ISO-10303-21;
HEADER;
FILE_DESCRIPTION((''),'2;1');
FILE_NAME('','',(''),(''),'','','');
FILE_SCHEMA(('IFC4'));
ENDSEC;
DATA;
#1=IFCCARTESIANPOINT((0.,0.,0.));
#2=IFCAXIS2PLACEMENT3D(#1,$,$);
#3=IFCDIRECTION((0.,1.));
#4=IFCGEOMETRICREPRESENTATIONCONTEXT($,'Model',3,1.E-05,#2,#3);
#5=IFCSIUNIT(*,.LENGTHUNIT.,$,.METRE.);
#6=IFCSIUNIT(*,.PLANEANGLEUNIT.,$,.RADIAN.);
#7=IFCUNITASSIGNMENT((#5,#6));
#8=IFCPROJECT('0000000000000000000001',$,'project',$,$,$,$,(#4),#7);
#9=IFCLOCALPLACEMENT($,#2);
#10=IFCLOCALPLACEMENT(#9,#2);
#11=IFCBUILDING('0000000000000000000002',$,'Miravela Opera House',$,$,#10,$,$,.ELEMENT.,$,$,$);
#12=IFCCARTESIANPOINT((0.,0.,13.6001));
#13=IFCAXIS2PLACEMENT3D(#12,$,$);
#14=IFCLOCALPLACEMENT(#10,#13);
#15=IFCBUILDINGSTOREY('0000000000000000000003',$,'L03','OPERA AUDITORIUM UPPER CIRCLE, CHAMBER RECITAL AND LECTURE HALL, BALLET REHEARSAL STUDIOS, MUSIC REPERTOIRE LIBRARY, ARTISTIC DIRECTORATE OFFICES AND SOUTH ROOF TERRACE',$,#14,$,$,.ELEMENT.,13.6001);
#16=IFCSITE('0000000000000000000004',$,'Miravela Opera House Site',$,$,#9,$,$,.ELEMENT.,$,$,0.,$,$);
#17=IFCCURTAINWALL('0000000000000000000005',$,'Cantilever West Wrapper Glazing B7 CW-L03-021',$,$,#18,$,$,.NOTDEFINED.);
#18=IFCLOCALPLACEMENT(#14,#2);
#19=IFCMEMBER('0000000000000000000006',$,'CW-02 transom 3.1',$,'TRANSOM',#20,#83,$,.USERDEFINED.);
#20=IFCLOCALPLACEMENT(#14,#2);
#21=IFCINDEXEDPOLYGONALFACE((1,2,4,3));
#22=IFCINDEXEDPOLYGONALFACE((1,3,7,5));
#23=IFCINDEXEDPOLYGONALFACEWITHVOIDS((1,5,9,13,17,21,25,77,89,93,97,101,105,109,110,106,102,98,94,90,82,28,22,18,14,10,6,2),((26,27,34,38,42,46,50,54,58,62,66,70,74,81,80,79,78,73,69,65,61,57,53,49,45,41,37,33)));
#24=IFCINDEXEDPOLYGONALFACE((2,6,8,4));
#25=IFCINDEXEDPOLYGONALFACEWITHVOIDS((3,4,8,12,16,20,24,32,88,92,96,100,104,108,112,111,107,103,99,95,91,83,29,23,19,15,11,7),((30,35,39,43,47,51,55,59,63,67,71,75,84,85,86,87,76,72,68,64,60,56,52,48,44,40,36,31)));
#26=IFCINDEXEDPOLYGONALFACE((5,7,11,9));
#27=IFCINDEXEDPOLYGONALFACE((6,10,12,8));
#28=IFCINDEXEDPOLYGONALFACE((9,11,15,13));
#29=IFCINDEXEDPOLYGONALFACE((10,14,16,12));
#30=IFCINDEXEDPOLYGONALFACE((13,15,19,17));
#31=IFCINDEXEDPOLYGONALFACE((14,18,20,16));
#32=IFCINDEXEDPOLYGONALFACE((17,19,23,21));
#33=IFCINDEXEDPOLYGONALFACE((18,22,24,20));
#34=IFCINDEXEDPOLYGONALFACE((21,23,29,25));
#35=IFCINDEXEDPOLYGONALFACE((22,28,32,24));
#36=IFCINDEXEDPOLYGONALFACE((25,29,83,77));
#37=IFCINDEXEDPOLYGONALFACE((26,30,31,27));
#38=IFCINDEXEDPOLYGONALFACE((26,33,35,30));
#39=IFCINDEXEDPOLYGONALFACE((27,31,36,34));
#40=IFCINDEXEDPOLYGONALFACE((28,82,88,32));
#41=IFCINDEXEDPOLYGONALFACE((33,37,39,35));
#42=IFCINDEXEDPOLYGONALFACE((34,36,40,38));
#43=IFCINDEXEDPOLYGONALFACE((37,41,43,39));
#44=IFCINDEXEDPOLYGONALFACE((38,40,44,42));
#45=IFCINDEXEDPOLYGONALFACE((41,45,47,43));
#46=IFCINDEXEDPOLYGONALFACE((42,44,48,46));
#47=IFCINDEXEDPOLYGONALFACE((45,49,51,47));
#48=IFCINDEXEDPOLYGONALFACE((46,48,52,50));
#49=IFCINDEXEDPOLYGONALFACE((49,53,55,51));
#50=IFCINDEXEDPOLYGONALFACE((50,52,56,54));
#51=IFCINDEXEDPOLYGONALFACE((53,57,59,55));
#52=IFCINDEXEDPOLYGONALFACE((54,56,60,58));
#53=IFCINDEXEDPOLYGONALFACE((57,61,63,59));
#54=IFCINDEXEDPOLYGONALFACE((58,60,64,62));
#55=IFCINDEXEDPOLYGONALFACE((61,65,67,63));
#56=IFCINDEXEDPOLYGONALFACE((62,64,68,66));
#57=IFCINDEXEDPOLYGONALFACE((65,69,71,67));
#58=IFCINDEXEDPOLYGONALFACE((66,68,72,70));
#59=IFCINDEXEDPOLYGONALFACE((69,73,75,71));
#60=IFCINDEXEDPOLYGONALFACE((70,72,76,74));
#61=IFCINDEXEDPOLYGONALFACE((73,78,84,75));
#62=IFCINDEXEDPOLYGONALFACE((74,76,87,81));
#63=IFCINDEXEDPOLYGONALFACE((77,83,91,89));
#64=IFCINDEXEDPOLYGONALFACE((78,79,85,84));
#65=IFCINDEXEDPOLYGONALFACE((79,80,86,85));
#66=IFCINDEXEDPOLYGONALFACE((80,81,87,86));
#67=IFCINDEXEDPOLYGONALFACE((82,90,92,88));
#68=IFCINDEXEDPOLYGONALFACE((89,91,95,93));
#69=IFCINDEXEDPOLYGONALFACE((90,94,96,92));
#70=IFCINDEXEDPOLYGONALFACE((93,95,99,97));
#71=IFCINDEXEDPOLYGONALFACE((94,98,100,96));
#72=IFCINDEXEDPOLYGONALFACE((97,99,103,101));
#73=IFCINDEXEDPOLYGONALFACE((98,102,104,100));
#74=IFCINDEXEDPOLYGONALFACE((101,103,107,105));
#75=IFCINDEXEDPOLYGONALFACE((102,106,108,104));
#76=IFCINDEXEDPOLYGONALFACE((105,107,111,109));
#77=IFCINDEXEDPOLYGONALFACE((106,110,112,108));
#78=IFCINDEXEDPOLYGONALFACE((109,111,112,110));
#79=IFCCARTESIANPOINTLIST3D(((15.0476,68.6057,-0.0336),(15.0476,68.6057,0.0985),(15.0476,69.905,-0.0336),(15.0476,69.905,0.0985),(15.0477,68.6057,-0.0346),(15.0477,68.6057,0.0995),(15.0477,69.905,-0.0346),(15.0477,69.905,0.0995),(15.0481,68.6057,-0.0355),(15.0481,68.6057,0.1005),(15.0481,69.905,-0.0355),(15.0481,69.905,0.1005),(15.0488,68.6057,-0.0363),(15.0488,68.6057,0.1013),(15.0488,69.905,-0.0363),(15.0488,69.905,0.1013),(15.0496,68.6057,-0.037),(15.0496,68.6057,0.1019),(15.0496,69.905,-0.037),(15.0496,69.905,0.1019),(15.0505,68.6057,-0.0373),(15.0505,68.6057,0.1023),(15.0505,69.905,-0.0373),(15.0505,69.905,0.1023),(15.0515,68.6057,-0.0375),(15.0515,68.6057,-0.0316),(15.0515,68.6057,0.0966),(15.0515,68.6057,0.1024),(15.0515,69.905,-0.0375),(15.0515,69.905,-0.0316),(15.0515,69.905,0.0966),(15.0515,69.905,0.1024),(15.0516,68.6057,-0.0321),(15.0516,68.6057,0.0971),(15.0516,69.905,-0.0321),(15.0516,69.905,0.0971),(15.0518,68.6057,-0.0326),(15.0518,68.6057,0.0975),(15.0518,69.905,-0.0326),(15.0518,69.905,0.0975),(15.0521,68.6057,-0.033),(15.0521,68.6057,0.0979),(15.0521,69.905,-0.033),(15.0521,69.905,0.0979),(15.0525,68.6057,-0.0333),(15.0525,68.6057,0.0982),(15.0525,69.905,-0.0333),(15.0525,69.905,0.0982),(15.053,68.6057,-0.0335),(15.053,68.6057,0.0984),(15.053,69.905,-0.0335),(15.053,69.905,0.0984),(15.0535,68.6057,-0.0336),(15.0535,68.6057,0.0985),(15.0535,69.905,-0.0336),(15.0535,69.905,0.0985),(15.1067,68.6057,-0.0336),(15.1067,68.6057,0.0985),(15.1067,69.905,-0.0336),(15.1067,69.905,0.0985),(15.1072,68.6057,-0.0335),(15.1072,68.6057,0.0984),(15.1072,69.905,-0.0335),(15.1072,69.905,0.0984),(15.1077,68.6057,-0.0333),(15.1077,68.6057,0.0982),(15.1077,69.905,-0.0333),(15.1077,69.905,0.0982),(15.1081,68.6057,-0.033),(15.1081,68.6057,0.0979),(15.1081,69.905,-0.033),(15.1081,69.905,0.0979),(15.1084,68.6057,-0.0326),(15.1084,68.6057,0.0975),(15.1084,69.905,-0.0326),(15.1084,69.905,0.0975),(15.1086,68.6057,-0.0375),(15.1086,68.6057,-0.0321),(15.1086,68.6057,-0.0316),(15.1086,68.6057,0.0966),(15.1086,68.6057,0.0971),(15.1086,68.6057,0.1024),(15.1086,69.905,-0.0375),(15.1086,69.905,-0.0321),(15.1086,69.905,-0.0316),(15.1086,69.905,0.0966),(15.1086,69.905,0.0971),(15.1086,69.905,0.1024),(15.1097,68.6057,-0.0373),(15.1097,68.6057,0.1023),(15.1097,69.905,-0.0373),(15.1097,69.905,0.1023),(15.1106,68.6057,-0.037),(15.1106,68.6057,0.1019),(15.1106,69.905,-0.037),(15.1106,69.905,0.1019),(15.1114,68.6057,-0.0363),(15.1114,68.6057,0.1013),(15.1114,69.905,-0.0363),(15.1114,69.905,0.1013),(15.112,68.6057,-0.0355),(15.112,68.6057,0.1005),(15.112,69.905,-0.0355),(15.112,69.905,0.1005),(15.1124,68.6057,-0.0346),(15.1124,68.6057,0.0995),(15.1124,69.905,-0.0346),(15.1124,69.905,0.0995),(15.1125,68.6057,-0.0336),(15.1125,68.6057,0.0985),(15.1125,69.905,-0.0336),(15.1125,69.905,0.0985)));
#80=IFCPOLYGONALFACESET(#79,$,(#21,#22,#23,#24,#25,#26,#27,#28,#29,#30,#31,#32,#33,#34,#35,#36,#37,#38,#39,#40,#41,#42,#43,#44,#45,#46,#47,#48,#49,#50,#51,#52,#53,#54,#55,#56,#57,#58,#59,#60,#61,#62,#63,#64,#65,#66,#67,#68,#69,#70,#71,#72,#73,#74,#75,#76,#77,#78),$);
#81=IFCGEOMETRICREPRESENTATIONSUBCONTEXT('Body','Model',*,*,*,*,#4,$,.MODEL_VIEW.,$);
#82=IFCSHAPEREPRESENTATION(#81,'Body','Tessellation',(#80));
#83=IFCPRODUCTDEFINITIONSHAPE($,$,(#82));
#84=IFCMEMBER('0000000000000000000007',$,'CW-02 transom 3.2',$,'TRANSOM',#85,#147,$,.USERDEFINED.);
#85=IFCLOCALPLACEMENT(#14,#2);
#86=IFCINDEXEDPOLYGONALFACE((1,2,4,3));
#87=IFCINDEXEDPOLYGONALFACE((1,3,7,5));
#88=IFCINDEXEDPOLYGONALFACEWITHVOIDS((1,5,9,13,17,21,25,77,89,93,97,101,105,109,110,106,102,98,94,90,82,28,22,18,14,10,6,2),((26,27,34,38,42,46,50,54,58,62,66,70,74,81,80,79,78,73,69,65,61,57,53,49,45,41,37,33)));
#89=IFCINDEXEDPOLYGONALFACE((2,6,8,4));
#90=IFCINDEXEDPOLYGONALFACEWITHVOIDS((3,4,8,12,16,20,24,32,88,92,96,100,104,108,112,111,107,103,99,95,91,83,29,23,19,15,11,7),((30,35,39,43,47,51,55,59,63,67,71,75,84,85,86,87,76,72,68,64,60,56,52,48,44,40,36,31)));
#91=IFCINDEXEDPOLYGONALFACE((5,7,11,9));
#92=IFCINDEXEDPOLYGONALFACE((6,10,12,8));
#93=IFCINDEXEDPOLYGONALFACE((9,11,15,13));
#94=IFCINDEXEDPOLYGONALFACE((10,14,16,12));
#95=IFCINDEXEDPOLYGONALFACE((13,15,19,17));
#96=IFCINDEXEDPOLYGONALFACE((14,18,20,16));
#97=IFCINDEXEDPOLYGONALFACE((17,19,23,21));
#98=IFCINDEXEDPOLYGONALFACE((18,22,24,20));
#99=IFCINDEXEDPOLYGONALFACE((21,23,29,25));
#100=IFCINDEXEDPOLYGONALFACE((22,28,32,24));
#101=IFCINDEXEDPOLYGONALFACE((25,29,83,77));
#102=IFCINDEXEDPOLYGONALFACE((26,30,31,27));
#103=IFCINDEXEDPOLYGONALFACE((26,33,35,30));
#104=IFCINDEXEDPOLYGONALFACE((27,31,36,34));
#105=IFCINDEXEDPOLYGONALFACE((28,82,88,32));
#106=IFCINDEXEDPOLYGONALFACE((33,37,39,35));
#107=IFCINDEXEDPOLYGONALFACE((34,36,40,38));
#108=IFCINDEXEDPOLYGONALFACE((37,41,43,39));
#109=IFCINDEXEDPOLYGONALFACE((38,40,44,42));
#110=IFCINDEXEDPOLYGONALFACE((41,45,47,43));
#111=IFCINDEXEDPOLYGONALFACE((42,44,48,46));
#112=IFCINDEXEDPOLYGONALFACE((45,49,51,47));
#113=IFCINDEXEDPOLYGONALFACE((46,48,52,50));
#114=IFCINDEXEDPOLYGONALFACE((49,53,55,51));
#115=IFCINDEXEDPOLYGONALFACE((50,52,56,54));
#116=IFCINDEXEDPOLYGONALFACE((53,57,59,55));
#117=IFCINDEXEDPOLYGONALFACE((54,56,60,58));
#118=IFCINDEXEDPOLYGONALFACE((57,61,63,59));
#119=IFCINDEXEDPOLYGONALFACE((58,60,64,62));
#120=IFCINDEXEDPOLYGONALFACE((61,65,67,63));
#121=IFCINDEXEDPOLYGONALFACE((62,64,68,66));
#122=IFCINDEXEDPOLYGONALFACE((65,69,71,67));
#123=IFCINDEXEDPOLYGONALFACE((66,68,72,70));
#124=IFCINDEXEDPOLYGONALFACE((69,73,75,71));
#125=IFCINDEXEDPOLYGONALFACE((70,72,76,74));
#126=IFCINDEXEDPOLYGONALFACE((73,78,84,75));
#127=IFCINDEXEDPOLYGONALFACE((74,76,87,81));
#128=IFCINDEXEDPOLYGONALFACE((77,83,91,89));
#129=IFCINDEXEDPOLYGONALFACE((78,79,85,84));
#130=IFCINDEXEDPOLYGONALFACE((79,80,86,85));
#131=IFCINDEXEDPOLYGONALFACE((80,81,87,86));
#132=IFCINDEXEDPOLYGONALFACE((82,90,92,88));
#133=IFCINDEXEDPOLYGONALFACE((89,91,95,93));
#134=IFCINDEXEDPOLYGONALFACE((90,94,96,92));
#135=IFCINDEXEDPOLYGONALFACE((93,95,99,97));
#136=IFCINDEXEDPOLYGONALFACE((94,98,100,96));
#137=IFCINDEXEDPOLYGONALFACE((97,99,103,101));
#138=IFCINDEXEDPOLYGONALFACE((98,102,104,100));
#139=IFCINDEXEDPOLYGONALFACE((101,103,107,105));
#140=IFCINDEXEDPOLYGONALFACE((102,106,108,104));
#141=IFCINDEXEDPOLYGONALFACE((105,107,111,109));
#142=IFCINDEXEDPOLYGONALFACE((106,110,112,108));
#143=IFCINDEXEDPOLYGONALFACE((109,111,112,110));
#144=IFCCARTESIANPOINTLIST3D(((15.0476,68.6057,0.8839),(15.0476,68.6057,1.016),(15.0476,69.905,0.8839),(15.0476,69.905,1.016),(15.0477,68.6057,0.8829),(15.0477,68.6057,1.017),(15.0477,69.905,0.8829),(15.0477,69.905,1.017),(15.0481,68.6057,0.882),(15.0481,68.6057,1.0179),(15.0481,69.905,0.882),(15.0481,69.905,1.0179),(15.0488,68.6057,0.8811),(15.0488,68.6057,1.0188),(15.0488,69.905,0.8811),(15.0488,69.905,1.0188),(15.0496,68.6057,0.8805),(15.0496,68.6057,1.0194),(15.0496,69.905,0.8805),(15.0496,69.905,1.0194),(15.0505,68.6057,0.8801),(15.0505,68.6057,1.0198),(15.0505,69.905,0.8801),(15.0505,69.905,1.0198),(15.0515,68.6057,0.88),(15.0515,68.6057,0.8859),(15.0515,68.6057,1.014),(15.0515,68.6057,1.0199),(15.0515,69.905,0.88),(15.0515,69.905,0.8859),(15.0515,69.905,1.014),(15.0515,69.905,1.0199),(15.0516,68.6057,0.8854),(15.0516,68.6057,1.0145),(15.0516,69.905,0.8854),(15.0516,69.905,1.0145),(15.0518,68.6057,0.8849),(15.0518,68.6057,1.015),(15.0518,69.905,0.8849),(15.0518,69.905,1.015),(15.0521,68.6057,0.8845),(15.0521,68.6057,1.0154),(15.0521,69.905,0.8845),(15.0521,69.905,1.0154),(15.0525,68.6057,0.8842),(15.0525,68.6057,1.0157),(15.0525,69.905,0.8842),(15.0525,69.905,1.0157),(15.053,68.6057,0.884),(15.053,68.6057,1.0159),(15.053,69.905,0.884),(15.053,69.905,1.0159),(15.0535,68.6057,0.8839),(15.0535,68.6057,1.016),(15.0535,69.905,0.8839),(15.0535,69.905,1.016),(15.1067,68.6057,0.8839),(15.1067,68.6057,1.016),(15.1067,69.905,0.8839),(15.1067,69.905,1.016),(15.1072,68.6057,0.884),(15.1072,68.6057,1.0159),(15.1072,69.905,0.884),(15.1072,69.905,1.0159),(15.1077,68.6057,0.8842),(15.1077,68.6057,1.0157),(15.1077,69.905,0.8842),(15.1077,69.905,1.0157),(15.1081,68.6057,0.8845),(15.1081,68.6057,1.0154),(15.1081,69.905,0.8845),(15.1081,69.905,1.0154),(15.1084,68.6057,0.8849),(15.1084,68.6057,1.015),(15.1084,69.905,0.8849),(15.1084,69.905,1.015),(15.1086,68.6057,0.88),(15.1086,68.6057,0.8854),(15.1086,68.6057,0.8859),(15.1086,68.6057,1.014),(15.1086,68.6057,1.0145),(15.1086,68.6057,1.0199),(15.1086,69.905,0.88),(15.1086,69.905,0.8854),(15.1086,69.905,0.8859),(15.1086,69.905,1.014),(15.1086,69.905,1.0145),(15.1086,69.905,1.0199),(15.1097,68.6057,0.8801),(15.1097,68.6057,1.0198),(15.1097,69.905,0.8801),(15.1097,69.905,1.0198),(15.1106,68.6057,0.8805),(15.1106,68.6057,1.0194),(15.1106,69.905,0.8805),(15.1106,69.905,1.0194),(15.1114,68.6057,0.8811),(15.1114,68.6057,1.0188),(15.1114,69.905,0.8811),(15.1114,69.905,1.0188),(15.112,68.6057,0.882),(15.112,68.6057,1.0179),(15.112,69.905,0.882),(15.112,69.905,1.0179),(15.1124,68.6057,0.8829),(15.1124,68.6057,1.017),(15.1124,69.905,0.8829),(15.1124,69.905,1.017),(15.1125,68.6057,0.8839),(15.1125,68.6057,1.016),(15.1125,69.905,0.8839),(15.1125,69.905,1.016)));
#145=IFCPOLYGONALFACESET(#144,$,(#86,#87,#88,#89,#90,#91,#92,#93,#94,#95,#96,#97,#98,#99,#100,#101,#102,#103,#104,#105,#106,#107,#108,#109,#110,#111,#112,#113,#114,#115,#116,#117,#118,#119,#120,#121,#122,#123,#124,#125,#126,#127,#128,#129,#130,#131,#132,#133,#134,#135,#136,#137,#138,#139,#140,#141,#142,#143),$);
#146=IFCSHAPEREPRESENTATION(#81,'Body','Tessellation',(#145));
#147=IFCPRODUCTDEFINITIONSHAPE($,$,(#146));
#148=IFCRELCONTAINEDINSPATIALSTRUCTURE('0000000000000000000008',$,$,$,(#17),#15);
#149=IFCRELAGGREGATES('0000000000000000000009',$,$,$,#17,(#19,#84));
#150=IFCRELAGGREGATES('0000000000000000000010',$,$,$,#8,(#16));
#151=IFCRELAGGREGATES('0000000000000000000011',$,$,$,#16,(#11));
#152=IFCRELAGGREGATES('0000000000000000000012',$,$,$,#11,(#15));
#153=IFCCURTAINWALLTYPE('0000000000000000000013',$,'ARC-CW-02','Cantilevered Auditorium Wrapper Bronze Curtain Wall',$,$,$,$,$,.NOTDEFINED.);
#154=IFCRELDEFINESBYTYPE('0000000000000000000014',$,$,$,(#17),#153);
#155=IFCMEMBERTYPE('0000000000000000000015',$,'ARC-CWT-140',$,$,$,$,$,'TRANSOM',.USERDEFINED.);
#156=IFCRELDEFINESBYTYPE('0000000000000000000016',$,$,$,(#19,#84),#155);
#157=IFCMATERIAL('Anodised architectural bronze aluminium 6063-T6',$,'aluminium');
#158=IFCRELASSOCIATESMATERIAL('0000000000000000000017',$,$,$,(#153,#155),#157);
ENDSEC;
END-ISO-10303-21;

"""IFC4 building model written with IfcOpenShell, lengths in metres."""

from ifc_helpers import new_model, si_unit, direction, frame, origin, origin_2d, place, context, subcontext, project, spatial, hollow_rectangle, extrude, material, material_profile, profile_set, type_object, element, aggregate, save


model = new_model("IFC4")

# Units and contexts
model_context = context("Model", 3, precision=1e-05, world=origin(), true_north=direction((0.0, 1.0)))
body_context = subcontext(model_context, "Body", "Model", "MODEL_VIEW")
ifc_project = project(units=[si_unit("LENGTHUNIT", "METRE"), si_unit("PLANEANGLEUNIT", "RADIAN")], contexts=[model_context])

# Site, building, storey
site_placement = place(None, origin())
site = spatial("IfcSite", under=ifc_project, at=site_placement, Name="Miravela Opera House Site", CompositionType="ELEMENT", RefElevation=0.0)
building_placement = place(site_placement, origin())
building = spatial("IfcBuilding", under=site, at=building_placement, Name="Miravela Opera House", CompositionType="ELEMENT")
storey_placement = place(building_placement, frame((0.0, 0.0, 13.6001)))
storey = spatial("IfcBuildingStorey", under=building, at=storey_placement, Name="L03", Description="OPERA AUDITORIUM UPPER CIRCLE, CHAMBER RECITAL AND LECTURE HALL, BALLET REHEARSAL STUDIOS, MUSIC REPERTOIRE LIBRARY, ARTISTIC DIRECTORATE OFFICES AND SOUTH ROOF TERRACE", CompositionType="ELEMENT", Elevation=13.6001)

# Curtain wall
ifc_material_1 = material(Name="Anodised architectural bronze aluminium 6063-T6", Category="aluminium")
curtain_wall_type = type_object("IfcCurtainWallType", Name="ARC-CW-02", Description="Cantilevered Auditorium Wrapper Bronze Curtain Wall", PredefinedType="NOTDEFINED", material=ifc_material_1)
curtain_wall_1_placement = place(storey_placement, origin())
curtain_wall_1 = element("IfcCurtainWall", 1, at=curtain_wall_1_placement, inside=storey, type_object=curtain_wall_type, Name="Cantilever West Wrapper Glazing B7 CW-L03-021", PredefinedType="NOTDEFINED")

# Members
ifc_material_profile_1 = material_profile(ifc_material_1, hollow_rectangle(XDim=0.0649, YDim=0.1399, WallThickness=0.0039, InnerFilletRadius=0.002, OuterFilletRadius=0.0039, at=origin_2d()), Name="CWT-65X140")
ifc_profile_set_1 = profile_set([ifc_material_profile_1])
member_type_1 = type_object("IfcMemberType", Name="ARC-CWT-140", ElementType="TRANSOM", PredefinedType="USERDEFINED", material=ifc_profile_set_1)
member_1_placement = place(storey_placement, frame((15.0801, 68.6057, 0.0325), z_axis=(0.0, 1.0, 0.0), x_axis=(-1.0, 0.0, 0.0)))
member_1 = element("IfcMember", 2, at=member_1_placement, type_object=member_type_1, Name="CW-02 transom 3.1", ObjectType="TRANSOM", PredefinedType="USERDEFINED", context=body_context, shape_type="SweptSolid", body=[
    extrude(hollow_rectangle(XDim=0.0649, YDim=0.1399, WallThickness=0.0039, InnerFilletRadius=0.002, OuterFilletRadius=0.0039, at=origin_2d()), origin(), (0.0, 0.0, 1.0), 1.2993),
])
member_2_placement = place(storey_placement, frame((15.0801, 68.6057, 0.95), z_axis=(0.0, 1.0, 0.0), x_axis=(-1.0, 0.0, 0.0)))
member_2 = element("IfcMember", 3, at=member_2_placement, type_object=member_type_1, Name="CW-02 transom 3.2", ObjectType="TRANSOM", PredefinedType="USERDEFINED", context=body_context, shape_type="SweptSolid", body=[
    extrude(hollow_rectangle(XDim=0.0649, YDim=0.1399, WallThickness=0.0039, InnerFilletRadius=0.002, OuterFilletRadius=0.0039, at=origin_2d()), origin(), (0.0, 0.0, 1.0), 1.2993),
])

aggregate(curtain_wall_1, [member_1, member_2])

save(model, "model.ifc")
